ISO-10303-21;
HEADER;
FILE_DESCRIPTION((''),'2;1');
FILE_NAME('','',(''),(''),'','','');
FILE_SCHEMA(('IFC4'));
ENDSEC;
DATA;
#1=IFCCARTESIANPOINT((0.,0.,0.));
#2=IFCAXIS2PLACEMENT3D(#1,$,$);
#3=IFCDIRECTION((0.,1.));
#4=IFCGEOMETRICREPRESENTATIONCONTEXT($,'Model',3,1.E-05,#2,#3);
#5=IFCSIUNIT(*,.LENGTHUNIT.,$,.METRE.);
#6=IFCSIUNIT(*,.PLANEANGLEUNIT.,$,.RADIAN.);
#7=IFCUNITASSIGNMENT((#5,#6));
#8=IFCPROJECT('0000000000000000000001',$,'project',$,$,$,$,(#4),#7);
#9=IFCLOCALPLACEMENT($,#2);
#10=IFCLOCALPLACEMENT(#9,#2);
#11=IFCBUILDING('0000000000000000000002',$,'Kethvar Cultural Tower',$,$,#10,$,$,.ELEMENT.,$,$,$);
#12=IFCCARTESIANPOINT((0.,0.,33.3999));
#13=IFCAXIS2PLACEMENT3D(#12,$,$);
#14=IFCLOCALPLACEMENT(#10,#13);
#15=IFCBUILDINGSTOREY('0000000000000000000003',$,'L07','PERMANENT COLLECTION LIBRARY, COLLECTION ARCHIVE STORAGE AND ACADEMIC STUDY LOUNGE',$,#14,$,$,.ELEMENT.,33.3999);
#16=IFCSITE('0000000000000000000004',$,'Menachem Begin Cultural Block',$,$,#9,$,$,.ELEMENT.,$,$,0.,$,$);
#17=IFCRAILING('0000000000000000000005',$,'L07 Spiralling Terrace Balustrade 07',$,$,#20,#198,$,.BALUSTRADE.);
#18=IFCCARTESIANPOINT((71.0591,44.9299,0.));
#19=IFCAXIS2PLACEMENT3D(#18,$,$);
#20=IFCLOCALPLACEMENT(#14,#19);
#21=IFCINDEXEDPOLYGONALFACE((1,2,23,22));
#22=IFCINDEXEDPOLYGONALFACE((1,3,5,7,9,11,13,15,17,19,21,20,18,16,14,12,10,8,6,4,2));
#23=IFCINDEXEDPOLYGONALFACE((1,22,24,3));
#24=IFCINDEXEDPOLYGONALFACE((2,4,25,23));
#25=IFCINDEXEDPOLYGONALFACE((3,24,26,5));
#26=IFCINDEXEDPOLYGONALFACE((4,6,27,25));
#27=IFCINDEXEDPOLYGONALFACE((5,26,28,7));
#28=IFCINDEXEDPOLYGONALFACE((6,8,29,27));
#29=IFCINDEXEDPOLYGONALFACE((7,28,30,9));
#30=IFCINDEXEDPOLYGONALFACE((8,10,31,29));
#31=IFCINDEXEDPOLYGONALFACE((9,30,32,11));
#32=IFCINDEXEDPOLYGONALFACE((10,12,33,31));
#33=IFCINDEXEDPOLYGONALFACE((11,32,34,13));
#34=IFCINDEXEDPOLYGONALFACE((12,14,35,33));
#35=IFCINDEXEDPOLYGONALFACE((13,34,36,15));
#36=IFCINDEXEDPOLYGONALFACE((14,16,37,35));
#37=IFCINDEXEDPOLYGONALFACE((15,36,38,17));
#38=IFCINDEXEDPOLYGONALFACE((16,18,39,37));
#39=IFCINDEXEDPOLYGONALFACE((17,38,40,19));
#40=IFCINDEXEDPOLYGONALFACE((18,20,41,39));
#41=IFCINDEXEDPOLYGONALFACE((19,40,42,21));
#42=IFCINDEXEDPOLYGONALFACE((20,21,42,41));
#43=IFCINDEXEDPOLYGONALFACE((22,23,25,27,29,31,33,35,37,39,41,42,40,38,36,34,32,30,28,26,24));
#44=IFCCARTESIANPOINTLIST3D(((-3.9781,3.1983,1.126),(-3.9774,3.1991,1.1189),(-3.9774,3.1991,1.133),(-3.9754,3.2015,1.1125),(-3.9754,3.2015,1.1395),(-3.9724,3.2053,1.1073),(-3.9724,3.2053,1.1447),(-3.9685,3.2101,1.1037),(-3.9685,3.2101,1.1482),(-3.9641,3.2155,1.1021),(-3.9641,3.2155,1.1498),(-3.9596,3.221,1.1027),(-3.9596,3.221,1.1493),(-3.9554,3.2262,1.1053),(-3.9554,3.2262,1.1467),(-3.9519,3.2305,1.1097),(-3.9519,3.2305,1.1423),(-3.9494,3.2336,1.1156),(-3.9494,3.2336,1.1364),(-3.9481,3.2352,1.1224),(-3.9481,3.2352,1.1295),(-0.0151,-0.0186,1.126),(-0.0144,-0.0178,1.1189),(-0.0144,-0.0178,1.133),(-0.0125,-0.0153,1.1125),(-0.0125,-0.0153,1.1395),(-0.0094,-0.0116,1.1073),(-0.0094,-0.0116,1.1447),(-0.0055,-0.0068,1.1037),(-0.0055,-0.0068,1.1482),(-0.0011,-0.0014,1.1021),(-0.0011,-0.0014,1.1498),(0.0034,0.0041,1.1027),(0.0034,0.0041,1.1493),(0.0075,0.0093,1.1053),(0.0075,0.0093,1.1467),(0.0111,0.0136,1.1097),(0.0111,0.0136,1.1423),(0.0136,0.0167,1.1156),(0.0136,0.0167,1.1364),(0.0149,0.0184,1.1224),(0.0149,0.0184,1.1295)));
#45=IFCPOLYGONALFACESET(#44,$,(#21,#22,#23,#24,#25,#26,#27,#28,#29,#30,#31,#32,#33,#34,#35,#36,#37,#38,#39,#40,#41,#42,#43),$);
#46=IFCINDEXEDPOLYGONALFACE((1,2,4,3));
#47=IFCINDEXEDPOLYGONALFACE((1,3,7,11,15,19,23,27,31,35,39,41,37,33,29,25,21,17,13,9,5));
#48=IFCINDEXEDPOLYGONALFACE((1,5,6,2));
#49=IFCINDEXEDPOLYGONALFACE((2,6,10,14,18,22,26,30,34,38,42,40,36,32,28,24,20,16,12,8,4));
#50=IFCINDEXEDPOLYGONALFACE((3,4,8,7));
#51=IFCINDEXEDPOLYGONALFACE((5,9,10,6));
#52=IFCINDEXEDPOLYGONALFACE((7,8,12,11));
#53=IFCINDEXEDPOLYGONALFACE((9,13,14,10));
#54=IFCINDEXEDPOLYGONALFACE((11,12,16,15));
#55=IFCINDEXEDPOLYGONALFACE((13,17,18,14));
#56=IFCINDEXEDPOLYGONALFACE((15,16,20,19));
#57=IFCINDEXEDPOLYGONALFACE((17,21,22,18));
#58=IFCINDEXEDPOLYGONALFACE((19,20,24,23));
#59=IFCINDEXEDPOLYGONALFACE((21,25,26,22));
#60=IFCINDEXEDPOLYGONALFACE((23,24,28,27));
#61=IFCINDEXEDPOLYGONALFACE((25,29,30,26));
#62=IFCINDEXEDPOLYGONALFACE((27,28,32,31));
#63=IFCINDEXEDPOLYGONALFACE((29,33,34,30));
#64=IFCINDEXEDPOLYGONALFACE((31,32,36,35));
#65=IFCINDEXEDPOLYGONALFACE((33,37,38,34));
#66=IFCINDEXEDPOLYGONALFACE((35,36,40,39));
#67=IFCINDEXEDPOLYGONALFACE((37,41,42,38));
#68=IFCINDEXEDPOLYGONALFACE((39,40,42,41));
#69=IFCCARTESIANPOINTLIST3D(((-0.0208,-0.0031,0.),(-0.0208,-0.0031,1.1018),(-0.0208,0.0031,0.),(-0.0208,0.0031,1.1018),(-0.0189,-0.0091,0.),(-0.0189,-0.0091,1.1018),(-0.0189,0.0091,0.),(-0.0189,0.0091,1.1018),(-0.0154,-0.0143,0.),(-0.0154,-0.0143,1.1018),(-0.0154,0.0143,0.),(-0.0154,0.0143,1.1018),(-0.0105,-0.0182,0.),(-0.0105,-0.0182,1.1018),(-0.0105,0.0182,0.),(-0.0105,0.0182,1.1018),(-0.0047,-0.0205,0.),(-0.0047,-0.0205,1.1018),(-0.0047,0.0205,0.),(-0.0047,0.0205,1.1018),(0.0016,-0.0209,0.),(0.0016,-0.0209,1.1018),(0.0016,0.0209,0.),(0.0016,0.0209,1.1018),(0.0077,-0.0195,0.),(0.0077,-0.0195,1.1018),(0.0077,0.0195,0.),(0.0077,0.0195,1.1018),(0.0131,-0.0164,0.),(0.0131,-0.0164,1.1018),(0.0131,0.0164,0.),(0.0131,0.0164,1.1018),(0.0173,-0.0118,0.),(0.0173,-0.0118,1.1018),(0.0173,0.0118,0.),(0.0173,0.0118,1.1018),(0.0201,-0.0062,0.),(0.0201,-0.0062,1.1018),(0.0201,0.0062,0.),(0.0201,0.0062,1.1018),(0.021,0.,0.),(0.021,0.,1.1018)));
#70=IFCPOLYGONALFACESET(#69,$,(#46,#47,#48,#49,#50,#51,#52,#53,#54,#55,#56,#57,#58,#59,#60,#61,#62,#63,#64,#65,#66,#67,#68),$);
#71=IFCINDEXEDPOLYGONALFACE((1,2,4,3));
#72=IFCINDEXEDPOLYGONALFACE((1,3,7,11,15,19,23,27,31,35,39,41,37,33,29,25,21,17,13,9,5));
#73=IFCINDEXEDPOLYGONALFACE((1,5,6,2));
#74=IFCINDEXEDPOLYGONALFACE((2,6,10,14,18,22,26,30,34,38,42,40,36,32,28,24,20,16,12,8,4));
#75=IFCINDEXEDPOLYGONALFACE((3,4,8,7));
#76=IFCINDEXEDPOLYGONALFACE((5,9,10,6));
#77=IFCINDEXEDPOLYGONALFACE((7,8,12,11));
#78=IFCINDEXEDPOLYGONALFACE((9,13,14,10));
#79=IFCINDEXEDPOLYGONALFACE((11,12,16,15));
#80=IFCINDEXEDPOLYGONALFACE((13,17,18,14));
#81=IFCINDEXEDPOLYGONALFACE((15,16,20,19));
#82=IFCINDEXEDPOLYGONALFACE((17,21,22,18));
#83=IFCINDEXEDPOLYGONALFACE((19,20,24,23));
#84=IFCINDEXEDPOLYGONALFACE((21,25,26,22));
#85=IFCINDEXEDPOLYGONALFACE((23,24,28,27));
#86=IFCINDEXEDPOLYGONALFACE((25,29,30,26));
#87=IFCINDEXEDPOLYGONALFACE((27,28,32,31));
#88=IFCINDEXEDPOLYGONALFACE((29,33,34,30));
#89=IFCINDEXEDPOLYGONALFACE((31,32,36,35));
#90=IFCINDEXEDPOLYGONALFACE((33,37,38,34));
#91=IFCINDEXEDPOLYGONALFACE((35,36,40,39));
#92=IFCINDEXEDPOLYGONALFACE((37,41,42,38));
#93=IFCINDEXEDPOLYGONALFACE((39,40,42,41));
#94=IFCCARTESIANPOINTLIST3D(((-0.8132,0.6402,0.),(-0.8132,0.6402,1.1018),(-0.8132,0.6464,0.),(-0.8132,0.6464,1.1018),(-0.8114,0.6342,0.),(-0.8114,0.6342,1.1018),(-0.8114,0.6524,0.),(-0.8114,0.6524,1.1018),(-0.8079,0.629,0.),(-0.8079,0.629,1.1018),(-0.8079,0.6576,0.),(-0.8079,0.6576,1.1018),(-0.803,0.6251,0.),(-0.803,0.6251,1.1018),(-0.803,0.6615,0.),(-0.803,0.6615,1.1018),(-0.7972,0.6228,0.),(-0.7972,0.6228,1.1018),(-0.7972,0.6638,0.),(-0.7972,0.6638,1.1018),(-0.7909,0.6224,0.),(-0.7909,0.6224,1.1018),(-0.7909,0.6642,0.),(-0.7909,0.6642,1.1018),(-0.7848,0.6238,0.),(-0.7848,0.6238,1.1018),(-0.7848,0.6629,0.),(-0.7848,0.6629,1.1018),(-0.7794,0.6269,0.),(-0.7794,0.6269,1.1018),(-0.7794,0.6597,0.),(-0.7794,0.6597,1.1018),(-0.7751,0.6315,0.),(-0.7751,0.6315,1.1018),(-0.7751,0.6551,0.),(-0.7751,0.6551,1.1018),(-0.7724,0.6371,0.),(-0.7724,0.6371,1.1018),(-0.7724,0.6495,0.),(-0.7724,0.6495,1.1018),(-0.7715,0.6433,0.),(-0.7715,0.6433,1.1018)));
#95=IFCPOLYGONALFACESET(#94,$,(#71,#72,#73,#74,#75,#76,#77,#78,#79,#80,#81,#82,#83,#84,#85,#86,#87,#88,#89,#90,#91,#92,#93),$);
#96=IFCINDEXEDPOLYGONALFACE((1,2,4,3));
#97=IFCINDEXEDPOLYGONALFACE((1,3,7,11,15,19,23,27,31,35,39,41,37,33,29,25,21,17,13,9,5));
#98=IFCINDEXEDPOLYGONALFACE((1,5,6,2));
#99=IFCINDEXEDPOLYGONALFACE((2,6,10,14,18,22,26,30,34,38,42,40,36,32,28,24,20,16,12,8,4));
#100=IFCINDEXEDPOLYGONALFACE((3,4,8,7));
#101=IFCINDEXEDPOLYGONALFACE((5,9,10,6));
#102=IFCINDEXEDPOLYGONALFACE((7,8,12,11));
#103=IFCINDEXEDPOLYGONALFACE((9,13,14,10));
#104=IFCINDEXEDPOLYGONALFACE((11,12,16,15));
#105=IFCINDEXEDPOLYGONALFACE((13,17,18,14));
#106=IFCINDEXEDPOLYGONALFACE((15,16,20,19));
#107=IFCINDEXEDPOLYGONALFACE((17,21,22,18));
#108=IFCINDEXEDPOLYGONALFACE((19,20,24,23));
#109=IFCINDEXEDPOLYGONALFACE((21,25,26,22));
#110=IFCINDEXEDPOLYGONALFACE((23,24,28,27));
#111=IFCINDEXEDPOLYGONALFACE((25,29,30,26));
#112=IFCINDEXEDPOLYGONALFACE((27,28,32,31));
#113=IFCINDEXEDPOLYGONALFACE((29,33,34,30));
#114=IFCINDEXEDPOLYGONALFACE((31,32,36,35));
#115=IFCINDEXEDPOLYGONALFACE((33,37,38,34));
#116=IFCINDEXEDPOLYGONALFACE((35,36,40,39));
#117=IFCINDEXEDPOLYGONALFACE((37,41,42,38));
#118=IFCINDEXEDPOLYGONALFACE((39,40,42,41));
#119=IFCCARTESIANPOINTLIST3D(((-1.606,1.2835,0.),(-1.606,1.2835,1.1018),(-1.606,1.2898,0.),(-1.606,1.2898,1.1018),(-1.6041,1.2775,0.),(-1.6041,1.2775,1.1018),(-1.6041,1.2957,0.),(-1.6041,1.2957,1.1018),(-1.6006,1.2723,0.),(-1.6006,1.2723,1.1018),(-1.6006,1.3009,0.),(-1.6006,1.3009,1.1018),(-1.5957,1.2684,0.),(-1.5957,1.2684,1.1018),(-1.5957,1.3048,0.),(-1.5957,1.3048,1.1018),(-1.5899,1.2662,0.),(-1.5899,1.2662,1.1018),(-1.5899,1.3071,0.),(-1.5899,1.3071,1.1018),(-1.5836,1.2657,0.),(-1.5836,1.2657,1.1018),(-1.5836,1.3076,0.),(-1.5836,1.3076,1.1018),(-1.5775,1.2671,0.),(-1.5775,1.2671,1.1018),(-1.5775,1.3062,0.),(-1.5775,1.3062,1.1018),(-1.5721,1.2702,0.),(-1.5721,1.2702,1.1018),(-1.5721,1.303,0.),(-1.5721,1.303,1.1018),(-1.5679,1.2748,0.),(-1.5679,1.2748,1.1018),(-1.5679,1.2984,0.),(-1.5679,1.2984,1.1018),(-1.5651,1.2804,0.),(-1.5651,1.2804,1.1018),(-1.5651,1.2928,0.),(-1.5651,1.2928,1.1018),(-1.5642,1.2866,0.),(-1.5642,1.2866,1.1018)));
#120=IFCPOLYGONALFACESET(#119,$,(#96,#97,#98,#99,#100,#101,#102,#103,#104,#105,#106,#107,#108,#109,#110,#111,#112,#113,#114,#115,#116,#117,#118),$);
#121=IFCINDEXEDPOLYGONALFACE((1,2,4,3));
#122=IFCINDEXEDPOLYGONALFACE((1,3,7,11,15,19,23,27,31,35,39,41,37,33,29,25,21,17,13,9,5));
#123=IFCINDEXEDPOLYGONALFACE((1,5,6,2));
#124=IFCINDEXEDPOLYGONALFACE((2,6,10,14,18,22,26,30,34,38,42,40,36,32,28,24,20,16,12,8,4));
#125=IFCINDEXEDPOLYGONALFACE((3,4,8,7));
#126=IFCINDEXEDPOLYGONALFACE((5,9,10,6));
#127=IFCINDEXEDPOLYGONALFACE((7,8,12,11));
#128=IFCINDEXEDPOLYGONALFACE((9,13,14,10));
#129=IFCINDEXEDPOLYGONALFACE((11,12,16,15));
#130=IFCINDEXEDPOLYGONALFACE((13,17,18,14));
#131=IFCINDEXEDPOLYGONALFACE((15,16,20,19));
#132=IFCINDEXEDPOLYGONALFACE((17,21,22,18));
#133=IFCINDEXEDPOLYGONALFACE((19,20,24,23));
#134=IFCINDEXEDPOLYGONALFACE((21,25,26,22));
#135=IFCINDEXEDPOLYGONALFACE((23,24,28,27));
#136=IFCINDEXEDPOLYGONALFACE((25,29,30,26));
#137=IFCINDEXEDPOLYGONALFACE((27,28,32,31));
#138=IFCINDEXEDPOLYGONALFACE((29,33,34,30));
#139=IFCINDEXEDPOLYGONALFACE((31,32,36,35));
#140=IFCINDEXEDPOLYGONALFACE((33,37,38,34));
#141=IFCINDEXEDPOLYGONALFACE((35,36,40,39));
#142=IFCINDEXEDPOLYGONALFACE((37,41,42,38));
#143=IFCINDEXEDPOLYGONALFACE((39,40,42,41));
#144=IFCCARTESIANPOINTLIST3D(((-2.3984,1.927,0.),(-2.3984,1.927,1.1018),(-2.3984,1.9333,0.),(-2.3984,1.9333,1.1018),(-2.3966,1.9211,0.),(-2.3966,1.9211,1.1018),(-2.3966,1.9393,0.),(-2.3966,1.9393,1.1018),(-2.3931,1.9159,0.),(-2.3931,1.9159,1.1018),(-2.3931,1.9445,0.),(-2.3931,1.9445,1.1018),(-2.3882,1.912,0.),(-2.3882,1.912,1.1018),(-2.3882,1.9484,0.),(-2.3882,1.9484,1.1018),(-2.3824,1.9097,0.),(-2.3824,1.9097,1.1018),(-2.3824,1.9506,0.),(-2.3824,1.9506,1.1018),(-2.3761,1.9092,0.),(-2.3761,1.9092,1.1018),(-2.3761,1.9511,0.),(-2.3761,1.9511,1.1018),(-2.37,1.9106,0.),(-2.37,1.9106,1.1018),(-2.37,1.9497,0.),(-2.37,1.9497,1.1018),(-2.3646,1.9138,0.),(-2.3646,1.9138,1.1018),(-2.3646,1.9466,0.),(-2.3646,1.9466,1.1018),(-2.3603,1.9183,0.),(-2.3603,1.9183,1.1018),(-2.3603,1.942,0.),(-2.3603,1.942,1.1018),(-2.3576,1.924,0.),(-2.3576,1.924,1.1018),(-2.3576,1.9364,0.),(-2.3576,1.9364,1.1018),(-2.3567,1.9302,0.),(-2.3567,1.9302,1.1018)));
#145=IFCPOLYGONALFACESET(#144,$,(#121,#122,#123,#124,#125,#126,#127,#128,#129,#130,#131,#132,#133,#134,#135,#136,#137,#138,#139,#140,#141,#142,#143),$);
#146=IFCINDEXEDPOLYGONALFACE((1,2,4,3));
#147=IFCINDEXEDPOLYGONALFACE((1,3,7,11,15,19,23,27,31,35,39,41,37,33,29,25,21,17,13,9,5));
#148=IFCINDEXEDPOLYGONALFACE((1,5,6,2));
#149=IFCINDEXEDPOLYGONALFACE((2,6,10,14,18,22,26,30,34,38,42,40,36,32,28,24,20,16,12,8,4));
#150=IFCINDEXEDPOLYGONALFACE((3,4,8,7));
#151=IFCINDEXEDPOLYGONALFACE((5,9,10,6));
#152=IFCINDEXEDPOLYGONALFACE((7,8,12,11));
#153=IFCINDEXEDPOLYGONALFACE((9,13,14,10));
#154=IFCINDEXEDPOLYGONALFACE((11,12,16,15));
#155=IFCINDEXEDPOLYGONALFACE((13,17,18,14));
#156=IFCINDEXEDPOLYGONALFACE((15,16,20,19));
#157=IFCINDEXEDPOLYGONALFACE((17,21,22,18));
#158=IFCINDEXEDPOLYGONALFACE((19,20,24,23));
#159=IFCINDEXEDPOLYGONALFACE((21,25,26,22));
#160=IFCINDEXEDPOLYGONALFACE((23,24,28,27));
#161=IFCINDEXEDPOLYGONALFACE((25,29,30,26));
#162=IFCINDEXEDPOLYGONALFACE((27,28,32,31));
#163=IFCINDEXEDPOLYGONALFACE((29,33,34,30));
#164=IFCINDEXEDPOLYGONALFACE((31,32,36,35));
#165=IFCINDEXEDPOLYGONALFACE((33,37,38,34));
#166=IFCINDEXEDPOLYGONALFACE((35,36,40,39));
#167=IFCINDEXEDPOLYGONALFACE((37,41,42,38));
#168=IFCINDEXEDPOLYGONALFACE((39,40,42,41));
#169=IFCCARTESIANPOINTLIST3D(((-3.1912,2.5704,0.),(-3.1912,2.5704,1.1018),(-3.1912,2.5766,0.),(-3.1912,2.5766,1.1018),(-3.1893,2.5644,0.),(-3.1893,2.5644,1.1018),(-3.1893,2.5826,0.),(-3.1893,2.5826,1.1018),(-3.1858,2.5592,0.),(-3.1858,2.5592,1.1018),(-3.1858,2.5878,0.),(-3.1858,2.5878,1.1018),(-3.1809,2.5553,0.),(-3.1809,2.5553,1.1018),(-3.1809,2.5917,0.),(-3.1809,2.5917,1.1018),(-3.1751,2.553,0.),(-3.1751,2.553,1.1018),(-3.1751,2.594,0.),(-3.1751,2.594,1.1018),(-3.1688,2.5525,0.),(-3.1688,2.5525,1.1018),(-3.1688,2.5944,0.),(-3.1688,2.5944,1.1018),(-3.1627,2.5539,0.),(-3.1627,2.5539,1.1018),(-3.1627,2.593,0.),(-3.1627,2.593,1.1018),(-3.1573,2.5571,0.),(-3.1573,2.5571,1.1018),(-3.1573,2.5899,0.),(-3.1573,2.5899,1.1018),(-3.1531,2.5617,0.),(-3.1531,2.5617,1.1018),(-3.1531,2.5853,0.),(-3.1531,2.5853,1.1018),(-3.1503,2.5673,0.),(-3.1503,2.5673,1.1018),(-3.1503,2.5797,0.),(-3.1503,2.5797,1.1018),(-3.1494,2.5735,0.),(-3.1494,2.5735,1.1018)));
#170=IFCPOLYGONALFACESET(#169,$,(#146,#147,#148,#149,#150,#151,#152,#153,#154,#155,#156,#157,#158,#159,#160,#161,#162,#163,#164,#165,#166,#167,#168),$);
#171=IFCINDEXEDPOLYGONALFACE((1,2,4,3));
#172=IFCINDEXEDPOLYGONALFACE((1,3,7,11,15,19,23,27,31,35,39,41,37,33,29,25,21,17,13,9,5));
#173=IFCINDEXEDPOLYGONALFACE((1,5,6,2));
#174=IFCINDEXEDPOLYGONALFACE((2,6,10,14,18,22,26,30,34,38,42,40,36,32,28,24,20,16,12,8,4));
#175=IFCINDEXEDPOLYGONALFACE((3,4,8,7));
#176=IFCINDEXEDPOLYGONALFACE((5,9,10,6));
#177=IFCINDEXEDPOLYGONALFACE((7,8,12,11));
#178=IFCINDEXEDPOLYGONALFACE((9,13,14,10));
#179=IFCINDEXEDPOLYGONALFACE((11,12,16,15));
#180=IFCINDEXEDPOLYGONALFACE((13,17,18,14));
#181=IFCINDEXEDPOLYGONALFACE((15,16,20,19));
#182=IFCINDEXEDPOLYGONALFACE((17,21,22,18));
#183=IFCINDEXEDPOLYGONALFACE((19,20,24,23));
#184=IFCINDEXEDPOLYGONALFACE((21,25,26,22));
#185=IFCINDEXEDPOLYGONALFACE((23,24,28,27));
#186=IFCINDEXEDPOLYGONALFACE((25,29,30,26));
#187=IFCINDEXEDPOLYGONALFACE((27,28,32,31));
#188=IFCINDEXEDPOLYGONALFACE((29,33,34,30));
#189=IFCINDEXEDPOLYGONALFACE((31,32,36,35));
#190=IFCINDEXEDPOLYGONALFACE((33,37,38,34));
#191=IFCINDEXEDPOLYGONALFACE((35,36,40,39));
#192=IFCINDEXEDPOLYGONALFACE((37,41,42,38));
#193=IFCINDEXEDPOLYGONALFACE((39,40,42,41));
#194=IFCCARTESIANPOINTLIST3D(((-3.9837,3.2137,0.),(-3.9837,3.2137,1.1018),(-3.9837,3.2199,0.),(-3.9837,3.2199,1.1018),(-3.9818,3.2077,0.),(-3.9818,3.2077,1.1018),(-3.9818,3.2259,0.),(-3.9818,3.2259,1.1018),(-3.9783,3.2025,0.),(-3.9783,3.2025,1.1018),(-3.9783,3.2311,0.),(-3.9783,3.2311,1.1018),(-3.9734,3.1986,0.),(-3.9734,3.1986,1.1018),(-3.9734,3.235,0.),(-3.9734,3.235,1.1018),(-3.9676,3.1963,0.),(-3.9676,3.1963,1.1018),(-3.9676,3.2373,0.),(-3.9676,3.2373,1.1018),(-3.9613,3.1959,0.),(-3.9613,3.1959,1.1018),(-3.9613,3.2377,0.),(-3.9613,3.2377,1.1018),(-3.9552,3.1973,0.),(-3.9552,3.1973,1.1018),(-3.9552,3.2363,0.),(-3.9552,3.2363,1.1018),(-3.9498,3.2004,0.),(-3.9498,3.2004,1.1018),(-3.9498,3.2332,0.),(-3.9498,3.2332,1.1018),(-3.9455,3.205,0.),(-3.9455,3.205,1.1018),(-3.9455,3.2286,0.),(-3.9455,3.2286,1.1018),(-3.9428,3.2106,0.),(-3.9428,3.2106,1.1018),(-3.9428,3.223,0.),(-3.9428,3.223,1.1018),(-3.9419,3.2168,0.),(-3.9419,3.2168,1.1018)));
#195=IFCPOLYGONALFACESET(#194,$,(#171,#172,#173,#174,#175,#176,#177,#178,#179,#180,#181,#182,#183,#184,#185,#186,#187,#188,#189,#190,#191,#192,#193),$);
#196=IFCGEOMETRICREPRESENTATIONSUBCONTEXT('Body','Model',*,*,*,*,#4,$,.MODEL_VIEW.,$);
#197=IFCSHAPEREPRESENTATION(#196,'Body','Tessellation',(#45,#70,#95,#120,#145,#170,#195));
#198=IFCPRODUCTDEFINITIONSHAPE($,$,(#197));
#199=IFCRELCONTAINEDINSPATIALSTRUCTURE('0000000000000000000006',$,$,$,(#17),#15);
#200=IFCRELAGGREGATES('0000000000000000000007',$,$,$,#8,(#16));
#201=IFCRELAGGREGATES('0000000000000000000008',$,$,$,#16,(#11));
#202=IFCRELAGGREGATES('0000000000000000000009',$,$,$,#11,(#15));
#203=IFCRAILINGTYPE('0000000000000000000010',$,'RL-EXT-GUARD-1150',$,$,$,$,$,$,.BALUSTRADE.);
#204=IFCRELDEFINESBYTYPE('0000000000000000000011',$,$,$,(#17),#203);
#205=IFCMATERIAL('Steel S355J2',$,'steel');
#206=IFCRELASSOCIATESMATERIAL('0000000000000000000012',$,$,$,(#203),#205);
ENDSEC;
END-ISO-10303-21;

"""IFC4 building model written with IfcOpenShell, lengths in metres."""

from ifc_helpers import new_model, si_unit, direction, frame, origin, origin_2d, place, context, subcontext, project, spatial, circle, extrude, material, type_object, element, save


model = new_model("IFC4")

# Units and contexts
model_context = context("Model", 3, precision=1e-05, world=origin(), true_north=direction((0.0, 1.0)))
body_context = subcontext(model_context, "Body", "Model", "MODEL_VIEW")
ifc_project = project(units=[si_unit("LENGTHUNIT", "METRE"), si_unit("PLANEANGLEUNIT", "RADIAN")], contexts=[model_context])

# Site, building, storey
site_placement = place(None, origin())
site = spatial("IfcSite", under=ifc_project, at=site_placement, Name="Menachem Begin Cultural Block", CompositionType="ELEMENT", RefElevation=0.0)
building_placement = place(site_placement, origin())
building = spatial("IfcBuilding", under=site, at=building_placement, Name="Kethvar Cultural Tower", CompositionType="ELEMENT")
storey_placement = place(building_placement, frame((0.0, 0.0, 33.3999)))
storey = spatial("IfcBuildingStorey", under=building, at=storey_placement, Name="L07", Description="PERMANENT COLLECTION LIBRARY, COLLECTION ARCHIVE STORAGE AND ACADEMIC STUDY LOUNGE", CompositionType="ELEMENT", Elevation=33.3999)

# Shared definitions
ifc_material_1 = material(Name="Steel S355J2", Category="steel")

# Railing
railing_type = type_object("IfcRailingType", Name="RL-EXT-GUARD-1150", PredefinedType="BALUSTRADE", material=ifc_material_1)
railing_1_placement = place(storey_placement, frame((71.0591, 44.9299, 0.0)))
element("IfcRailing", 1, at=railing_1_placement, inside=storey, type_object=railing_type, Name="L07 Spiralling Terrace Balustrade 07", PredefinedType="BALUSTRADE", context=body_context, shape_type="SweptSolid", body=[
    extrude(circle(Radius=0.0239, at=origin_2d()), frame((0.0, 0.0, 1.126), z_axis=(-0.776407, 0.630232, 0.0), x_axis=(-0.630232, -0.776407, 0.0)), (0.0, 0.0, 1.0), 5.1042),
    extrude(circle(Radius=0.021, at=origin_2d()), origin(), (0.0, 0.0, 1.0), 1.1018),
    extrude(circle(Radius=0.021, at=origin_2d()), frame((-0.7925, 0.6433, 0.0)), (0.0, 0.0, 1.0), 1.1018),
    extrude(circle(Radius=0.021, at=origin_2d()), frame((-1.5852, 1.2866, 0.0)), (0.0, 0.0, 1.0), 1.1018),
    extrude(circle(Radius=0.021, at=origin_2d()), frame((-2.3777, 1.9302, 0.0)), (0.0, 0.0, 1.0), 1.1018),
    extrude(circle(Radius=0.021, at=origin_2d()), frame((-3.1704, 2.5735, 0.0)), (0.0, 0.0, 1.0), 1.1018),
    extrude(circle(Radius=0.021, at=origin_2d()), frame((-3.9629, 3.2168, 0.0)), (0.0, 0.0, 1.0), 1.1018),
])

save(model, "model.ifc")
